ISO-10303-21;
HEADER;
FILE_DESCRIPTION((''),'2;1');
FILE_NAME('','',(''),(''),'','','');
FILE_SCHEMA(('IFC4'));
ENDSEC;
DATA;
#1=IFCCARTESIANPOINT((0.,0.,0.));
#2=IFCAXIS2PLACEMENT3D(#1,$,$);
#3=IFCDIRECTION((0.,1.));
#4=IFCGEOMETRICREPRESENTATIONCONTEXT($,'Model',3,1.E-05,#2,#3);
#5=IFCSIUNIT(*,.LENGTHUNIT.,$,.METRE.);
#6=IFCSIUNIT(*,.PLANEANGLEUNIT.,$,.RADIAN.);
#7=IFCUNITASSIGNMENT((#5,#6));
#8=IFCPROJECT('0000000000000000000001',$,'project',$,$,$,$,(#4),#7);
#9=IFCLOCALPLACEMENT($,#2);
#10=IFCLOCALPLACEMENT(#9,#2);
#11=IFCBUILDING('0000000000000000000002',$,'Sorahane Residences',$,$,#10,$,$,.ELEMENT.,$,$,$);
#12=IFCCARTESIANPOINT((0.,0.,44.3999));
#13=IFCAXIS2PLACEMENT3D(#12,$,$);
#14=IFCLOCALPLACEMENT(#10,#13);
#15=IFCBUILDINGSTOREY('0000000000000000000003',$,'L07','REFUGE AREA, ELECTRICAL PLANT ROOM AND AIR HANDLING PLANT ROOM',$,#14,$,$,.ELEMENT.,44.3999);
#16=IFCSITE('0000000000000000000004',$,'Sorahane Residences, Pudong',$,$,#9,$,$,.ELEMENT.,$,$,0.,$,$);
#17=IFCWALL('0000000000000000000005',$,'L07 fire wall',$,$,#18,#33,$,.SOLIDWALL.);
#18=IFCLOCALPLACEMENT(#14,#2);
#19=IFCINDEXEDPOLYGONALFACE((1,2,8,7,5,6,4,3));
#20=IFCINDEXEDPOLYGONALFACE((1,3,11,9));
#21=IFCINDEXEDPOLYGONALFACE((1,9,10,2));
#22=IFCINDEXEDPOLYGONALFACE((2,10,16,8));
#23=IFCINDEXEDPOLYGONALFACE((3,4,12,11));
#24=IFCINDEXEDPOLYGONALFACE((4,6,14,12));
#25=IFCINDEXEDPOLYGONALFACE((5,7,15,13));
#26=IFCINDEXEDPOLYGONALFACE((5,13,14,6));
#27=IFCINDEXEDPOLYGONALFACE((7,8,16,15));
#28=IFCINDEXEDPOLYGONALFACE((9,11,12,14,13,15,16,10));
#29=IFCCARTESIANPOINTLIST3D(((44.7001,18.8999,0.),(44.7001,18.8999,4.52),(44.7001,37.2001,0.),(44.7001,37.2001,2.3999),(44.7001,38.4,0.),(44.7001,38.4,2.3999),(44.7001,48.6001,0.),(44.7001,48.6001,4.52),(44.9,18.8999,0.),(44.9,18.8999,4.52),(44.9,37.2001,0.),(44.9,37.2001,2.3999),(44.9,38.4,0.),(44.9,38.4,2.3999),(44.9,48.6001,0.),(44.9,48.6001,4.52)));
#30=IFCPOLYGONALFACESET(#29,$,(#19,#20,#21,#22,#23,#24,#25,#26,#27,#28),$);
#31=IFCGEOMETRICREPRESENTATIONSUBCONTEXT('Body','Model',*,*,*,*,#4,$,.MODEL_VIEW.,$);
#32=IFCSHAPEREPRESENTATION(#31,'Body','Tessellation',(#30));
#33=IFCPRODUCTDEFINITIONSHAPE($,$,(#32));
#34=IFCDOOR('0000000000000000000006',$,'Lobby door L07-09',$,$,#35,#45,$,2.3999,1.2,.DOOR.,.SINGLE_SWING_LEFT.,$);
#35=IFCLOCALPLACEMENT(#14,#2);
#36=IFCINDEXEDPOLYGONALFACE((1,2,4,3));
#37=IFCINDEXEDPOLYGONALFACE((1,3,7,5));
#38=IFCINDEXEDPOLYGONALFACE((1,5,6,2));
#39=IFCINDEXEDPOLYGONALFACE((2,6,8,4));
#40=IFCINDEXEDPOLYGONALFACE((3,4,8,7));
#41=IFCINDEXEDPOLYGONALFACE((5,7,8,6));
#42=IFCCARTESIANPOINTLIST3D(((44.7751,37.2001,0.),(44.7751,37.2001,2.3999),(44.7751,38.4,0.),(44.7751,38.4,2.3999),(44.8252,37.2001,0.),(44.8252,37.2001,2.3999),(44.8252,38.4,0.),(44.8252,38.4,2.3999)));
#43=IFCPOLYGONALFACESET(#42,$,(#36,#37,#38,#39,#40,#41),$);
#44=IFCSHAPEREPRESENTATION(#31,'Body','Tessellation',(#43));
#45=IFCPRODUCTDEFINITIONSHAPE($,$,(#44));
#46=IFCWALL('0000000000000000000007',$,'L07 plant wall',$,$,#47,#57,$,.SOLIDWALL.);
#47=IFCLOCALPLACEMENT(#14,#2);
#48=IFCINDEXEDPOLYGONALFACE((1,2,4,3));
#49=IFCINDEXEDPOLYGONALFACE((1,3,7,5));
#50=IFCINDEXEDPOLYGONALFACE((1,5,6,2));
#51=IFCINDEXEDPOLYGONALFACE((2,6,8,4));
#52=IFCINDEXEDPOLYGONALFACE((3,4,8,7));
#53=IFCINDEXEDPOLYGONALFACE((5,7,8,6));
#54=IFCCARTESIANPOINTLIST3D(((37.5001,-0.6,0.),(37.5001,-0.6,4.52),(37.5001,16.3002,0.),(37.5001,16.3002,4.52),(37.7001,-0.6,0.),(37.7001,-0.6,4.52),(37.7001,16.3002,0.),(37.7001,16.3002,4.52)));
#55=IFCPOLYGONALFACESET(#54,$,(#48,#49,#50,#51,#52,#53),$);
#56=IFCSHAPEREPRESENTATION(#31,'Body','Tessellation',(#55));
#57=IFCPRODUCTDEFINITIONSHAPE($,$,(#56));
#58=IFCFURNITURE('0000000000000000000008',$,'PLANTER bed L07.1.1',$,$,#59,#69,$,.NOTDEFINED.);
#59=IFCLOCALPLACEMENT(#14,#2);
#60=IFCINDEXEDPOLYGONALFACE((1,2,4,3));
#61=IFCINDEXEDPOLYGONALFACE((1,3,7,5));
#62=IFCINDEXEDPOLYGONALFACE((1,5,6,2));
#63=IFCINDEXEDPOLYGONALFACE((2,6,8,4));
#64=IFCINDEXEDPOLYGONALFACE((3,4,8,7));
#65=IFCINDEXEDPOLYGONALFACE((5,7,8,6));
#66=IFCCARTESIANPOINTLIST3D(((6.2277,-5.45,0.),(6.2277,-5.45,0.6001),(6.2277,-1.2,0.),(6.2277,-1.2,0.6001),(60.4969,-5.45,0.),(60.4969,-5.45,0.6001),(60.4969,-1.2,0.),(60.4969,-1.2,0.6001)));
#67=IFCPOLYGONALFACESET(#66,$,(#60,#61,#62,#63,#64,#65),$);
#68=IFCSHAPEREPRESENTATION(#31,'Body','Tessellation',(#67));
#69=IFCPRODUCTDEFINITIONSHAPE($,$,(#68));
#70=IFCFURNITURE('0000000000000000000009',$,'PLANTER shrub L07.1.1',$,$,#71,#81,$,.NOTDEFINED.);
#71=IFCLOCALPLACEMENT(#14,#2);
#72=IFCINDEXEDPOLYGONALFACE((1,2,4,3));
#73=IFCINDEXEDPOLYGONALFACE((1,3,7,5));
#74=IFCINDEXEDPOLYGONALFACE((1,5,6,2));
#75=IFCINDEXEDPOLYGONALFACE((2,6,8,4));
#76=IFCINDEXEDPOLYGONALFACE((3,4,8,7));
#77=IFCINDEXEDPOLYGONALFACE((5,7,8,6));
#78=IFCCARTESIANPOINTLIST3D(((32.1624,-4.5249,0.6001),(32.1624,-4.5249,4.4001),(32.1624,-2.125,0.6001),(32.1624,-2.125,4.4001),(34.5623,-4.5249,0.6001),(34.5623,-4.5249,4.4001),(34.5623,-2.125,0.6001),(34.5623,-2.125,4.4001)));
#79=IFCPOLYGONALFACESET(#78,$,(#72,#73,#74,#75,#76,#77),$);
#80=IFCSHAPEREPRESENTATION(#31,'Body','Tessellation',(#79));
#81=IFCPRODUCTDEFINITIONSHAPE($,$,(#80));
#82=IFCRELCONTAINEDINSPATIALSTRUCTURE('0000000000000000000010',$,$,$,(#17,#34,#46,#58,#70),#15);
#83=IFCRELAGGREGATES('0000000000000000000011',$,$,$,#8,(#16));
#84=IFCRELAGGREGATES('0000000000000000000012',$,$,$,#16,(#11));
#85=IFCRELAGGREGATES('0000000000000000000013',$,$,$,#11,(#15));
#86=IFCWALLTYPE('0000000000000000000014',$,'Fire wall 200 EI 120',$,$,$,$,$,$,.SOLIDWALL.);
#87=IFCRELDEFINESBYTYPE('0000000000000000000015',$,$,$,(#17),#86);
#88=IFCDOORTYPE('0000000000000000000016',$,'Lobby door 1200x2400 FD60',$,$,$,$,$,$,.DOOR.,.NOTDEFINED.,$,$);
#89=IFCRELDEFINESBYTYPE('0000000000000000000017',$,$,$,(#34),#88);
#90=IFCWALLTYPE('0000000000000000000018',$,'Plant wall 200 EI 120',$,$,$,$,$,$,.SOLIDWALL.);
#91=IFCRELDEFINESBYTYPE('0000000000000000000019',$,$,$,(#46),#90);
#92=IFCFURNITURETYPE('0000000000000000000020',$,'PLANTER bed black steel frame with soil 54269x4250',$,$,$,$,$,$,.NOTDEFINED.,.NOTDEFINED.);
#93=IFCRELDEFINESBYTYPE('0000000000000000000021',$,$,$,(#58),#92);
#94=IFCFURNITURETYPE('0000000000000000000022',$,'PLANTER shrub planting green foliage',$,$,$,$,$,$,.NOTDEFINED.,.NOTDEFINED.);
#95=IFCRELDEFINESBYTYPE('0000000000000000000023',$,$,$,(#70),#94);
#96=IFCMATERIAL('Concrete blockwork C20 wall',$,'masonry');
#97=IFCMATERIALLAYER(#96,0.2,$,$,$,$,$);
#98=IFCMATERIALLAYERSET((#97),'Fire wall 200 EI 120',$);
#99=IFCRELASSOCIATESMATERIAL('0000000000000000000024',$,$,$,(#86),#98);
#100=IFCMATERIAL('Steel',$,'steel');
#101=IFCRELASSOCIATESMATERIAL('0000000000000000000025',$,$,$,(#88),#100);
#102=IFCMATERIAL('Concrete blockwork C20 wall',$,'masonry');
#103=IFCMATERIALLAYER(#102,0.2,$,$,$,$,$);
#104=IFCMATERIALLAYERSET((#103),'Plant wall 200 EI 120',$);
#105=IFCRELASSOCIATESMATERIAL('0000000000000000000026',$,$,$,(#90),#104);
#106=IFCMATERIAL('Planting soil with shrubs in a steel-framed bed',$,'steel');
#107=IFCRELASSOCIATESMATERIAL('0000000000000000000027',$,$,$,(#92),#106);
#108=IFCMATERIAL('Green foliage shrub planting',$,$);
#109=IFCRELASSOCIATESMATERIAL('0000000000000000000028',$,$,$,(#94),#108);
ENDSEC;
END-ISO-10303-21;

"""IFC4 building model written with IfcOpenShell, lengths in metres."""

from ifc_helpers import new_model, si_unit, direction, frame, frame_2d, origin, origin_2d, place, context, subcontext, project, spatial, rectangle, extrude, material, layer, layer_set, type_object, element, fill, save


model = new_model("IFC4")

# Units and contexts
model_context = context("Model", 3, precision=1e-05, world=origin(), true_north=direction((0.0, 1.0)))
body_context = subcontext(model_context, "Body", "Model", "MODEL_VIEW")
ifc_project = project(units=[si_unit("LENGTHUNIT", "METRE"), si_unit("PLANEANGLEUNIT", "RADIAN")], contexts=[model_context])

# Site, building, storey
site_placement = place(None, origin())
site = spatial("IfcSite", under=ifc_project, at=site_placement, Name="Sorahane Residences, Pudong", CompositionType="ELEMENT", RefElevation=0.0)
building_placement = place(site_placement, origin())
building = spatial("IfcBuilding", under=site, at=building_placement, Name="Sorahane Residences", CompositionType="ELEMENT")
storey_placement = place(building_placement, frame((0.0, 0.0, 44.3999)))
storey = spatial("IfcBuildingStorey", under=building, at=storey_placement, Name="L07", Description="REFUGE AREA, ELECTRICAL PLANT ROOM AND AIR HANDLING PLANT ROOM", CompositionType="ELEMENT", Elevation=44.3999)

# Wall, opening, door
ifc_material_1 = material(Name="Concrete blockwork C20 wall", Category="masonry")
ifc_layer_1 = layer(ifc_material_1, 0.2)
ifc_layer_set_1 = layer_set([ifc_layer_1], Name="Fire wall 200 EI 120")
wall_type_1 = type_object("IfcWallType", Name="Fire wall 200 EI 120", PredefinedType="SOLIDWALL", material=ifc_layer_set_1)
wall_1_placement = place(storey_placement, frame((44.8, 18.8999, 0.0), z_axis=(0.0, 0.0, 1.0), x_axis=(0.0, 1.0, 0.0)))
wall_1 = element("IfcWall", 1, at=wall_1_placement, inside=storey, type_object=wall_type_1, Name="L07 fire wall", PredefinedType="SOLIDWALL", context=body_context, shape_type="SweptSolid", body=[
    extrude(rectangle(XDim=29.7002, YDim=0.2, at=frame_2d((14.8501, 0.0))), origin(), (0.0, 0.0, 1.0), 4.52),
])
opening_placement = place(wall_1_placement, frame((18.3, 0.0, 0.0)))
opening = element("IfcOpeningElement", 2, at=opening_placement, cuts=wall_1, PredefinedType="OPENING", context=body_context, shape_type="SweptSolid", body=[
    extrude(rectangle(XDim=1.2, YDim=2.3999, at=frame_2d((0.6001, 1.2))), frame((0.0, 0.1099, 0.0), z_axis=(0.0, -1.0, 0.0), x_axis=(1.0, 0.0, 0.0)), (0.0, 0.0, 1.0), 0.22),
])
ifc_material_2 = material(Name="Steel", Category="steel")
door_type = type_object("IfcDoorType", Name="Lobby door 1200x2400 FD60", OperationType="NOTDEFINED", PredefinedType="DOOR", material=ifc_material_2)
door_placement = place(opening_placement, origin())
door = element("IfcDoor", 3, at=door_placement, inside=storey, type_object=door_type, Name="Lobby door L07-09", OperationType="SINGLE_SWING_LEFT", OverallHeight=2.3999, OverallWidth=1.2, PredefinedType="DOOR", context=body_context, shape_type="SweptSolid", body=[
    extrude(rectangle(XDim=1.2, YDim=2.3999, at=frame_2d((0.6001, 1.2))), frame((0.0, 0.0249, 0.0), z_axis=(0.0, -1.0, 0.0), x_axis=(1.0, 0.0, 0.0)), (0.0, 0.0, 1.0), 0.05),
])
fill(opening, door)

# Wall
ifc_material_3 = material(Name="Concrete blockwork C20 wall", Category="masonry")
ifc_layer_2 = layer(ifc_material_3, 0.2)
ifc_layer_set_2 = layer_set([ifc_layer_2], Name="Plant wall 200 EI 120")
wall_type_2 = type_object("IfcWallType", Name="Plant wall 200 EI 120", PredefinedType="SOLIDWALL", material=ifc_layer_set_2)
wall_2_placement = place(storey_placement, frame((37.6001, -0.6001, 0.0), z_axis=(0.0, 0.0, 1.0), x_axis=(0.0, 1.0, 0.0)))
element("IfcWall", 4, at=wall_2_placement, inside=storey, type_object=wall_type_2, Name="L07 plant wall", PredefinedType="SOLIDWALL", context=body_context, shape_type="SweptSolid", body=[
    extrude(rectangle(XDim=16.9001, YDim=0.2, at=frame_2d((8.4502, 0.0))), origin(), (0.0, 0.0, 1.0), 4.52),
])

# Furniture
ifc_material_4 = material(Name="Planting soil with shrubs in a steel-framed bed", Category="steel")
furniture_type_1 = type_object("IfcFurnitureType", Name="PLANTER bed black steel frame with soil 54269x4250", AssemblyPlace="NOTDEFINED", PredefinedType="NOTDEFINED", material=ifc_material_4)
furniture_1_placement = place(storey_placement, frame((33.3623, -3.325, 0.0), z_axis=(0.0, 0.0, 1.0), x_axis=(1.0, 0.0, 0.0)))
element("IfcFurniture", 5, at=furniture_1_placement, inside=storey, type_object=furniture_type_1, Name="PLANTER bed L07.1.1", PredefinedType="NOTDEFINED", context=body_context, shape_type="SweptSolid", body=[
    extrude(rectangle(XDim=54.2693, YDim=4.25, at=origin_2d()), origin(), (0.0, 0.0, 1.0), 0.6001),
])
ifc_material_5 = material(Name="Green foliage shrub planting")
furniture_type_2 = type_object("IfcFurnitureType", Name="PLANTER shrub planting green foliage", AssemblyPlace="NOTDEFINED", PredefinedType="NOTDEFINED", material=ifc_material_5)
furniture_2_placement = place(storey_placement, frame((33.3623, -3.325, 0.6001), z_axis=(0.0, 0.0, 1.0), x_axis=(1.0, 0.0, 0.0)))
element("IfcFurniture", 6, at=furniture_2_placement, inside=storey, type_object=furniture_type_2, Name="PLANTER shrub L07.1.1", PredefinedType="NOTDEFINED", context=body_context, shape_type="SweptSolid", body=[
    extrude(rectangle(XDim=2.3999, YDim=2.3999, at=origin_2d()), origin(), (0.0, 0.0, 1.0), 3.8),
])

save(model, "model.ifc")
